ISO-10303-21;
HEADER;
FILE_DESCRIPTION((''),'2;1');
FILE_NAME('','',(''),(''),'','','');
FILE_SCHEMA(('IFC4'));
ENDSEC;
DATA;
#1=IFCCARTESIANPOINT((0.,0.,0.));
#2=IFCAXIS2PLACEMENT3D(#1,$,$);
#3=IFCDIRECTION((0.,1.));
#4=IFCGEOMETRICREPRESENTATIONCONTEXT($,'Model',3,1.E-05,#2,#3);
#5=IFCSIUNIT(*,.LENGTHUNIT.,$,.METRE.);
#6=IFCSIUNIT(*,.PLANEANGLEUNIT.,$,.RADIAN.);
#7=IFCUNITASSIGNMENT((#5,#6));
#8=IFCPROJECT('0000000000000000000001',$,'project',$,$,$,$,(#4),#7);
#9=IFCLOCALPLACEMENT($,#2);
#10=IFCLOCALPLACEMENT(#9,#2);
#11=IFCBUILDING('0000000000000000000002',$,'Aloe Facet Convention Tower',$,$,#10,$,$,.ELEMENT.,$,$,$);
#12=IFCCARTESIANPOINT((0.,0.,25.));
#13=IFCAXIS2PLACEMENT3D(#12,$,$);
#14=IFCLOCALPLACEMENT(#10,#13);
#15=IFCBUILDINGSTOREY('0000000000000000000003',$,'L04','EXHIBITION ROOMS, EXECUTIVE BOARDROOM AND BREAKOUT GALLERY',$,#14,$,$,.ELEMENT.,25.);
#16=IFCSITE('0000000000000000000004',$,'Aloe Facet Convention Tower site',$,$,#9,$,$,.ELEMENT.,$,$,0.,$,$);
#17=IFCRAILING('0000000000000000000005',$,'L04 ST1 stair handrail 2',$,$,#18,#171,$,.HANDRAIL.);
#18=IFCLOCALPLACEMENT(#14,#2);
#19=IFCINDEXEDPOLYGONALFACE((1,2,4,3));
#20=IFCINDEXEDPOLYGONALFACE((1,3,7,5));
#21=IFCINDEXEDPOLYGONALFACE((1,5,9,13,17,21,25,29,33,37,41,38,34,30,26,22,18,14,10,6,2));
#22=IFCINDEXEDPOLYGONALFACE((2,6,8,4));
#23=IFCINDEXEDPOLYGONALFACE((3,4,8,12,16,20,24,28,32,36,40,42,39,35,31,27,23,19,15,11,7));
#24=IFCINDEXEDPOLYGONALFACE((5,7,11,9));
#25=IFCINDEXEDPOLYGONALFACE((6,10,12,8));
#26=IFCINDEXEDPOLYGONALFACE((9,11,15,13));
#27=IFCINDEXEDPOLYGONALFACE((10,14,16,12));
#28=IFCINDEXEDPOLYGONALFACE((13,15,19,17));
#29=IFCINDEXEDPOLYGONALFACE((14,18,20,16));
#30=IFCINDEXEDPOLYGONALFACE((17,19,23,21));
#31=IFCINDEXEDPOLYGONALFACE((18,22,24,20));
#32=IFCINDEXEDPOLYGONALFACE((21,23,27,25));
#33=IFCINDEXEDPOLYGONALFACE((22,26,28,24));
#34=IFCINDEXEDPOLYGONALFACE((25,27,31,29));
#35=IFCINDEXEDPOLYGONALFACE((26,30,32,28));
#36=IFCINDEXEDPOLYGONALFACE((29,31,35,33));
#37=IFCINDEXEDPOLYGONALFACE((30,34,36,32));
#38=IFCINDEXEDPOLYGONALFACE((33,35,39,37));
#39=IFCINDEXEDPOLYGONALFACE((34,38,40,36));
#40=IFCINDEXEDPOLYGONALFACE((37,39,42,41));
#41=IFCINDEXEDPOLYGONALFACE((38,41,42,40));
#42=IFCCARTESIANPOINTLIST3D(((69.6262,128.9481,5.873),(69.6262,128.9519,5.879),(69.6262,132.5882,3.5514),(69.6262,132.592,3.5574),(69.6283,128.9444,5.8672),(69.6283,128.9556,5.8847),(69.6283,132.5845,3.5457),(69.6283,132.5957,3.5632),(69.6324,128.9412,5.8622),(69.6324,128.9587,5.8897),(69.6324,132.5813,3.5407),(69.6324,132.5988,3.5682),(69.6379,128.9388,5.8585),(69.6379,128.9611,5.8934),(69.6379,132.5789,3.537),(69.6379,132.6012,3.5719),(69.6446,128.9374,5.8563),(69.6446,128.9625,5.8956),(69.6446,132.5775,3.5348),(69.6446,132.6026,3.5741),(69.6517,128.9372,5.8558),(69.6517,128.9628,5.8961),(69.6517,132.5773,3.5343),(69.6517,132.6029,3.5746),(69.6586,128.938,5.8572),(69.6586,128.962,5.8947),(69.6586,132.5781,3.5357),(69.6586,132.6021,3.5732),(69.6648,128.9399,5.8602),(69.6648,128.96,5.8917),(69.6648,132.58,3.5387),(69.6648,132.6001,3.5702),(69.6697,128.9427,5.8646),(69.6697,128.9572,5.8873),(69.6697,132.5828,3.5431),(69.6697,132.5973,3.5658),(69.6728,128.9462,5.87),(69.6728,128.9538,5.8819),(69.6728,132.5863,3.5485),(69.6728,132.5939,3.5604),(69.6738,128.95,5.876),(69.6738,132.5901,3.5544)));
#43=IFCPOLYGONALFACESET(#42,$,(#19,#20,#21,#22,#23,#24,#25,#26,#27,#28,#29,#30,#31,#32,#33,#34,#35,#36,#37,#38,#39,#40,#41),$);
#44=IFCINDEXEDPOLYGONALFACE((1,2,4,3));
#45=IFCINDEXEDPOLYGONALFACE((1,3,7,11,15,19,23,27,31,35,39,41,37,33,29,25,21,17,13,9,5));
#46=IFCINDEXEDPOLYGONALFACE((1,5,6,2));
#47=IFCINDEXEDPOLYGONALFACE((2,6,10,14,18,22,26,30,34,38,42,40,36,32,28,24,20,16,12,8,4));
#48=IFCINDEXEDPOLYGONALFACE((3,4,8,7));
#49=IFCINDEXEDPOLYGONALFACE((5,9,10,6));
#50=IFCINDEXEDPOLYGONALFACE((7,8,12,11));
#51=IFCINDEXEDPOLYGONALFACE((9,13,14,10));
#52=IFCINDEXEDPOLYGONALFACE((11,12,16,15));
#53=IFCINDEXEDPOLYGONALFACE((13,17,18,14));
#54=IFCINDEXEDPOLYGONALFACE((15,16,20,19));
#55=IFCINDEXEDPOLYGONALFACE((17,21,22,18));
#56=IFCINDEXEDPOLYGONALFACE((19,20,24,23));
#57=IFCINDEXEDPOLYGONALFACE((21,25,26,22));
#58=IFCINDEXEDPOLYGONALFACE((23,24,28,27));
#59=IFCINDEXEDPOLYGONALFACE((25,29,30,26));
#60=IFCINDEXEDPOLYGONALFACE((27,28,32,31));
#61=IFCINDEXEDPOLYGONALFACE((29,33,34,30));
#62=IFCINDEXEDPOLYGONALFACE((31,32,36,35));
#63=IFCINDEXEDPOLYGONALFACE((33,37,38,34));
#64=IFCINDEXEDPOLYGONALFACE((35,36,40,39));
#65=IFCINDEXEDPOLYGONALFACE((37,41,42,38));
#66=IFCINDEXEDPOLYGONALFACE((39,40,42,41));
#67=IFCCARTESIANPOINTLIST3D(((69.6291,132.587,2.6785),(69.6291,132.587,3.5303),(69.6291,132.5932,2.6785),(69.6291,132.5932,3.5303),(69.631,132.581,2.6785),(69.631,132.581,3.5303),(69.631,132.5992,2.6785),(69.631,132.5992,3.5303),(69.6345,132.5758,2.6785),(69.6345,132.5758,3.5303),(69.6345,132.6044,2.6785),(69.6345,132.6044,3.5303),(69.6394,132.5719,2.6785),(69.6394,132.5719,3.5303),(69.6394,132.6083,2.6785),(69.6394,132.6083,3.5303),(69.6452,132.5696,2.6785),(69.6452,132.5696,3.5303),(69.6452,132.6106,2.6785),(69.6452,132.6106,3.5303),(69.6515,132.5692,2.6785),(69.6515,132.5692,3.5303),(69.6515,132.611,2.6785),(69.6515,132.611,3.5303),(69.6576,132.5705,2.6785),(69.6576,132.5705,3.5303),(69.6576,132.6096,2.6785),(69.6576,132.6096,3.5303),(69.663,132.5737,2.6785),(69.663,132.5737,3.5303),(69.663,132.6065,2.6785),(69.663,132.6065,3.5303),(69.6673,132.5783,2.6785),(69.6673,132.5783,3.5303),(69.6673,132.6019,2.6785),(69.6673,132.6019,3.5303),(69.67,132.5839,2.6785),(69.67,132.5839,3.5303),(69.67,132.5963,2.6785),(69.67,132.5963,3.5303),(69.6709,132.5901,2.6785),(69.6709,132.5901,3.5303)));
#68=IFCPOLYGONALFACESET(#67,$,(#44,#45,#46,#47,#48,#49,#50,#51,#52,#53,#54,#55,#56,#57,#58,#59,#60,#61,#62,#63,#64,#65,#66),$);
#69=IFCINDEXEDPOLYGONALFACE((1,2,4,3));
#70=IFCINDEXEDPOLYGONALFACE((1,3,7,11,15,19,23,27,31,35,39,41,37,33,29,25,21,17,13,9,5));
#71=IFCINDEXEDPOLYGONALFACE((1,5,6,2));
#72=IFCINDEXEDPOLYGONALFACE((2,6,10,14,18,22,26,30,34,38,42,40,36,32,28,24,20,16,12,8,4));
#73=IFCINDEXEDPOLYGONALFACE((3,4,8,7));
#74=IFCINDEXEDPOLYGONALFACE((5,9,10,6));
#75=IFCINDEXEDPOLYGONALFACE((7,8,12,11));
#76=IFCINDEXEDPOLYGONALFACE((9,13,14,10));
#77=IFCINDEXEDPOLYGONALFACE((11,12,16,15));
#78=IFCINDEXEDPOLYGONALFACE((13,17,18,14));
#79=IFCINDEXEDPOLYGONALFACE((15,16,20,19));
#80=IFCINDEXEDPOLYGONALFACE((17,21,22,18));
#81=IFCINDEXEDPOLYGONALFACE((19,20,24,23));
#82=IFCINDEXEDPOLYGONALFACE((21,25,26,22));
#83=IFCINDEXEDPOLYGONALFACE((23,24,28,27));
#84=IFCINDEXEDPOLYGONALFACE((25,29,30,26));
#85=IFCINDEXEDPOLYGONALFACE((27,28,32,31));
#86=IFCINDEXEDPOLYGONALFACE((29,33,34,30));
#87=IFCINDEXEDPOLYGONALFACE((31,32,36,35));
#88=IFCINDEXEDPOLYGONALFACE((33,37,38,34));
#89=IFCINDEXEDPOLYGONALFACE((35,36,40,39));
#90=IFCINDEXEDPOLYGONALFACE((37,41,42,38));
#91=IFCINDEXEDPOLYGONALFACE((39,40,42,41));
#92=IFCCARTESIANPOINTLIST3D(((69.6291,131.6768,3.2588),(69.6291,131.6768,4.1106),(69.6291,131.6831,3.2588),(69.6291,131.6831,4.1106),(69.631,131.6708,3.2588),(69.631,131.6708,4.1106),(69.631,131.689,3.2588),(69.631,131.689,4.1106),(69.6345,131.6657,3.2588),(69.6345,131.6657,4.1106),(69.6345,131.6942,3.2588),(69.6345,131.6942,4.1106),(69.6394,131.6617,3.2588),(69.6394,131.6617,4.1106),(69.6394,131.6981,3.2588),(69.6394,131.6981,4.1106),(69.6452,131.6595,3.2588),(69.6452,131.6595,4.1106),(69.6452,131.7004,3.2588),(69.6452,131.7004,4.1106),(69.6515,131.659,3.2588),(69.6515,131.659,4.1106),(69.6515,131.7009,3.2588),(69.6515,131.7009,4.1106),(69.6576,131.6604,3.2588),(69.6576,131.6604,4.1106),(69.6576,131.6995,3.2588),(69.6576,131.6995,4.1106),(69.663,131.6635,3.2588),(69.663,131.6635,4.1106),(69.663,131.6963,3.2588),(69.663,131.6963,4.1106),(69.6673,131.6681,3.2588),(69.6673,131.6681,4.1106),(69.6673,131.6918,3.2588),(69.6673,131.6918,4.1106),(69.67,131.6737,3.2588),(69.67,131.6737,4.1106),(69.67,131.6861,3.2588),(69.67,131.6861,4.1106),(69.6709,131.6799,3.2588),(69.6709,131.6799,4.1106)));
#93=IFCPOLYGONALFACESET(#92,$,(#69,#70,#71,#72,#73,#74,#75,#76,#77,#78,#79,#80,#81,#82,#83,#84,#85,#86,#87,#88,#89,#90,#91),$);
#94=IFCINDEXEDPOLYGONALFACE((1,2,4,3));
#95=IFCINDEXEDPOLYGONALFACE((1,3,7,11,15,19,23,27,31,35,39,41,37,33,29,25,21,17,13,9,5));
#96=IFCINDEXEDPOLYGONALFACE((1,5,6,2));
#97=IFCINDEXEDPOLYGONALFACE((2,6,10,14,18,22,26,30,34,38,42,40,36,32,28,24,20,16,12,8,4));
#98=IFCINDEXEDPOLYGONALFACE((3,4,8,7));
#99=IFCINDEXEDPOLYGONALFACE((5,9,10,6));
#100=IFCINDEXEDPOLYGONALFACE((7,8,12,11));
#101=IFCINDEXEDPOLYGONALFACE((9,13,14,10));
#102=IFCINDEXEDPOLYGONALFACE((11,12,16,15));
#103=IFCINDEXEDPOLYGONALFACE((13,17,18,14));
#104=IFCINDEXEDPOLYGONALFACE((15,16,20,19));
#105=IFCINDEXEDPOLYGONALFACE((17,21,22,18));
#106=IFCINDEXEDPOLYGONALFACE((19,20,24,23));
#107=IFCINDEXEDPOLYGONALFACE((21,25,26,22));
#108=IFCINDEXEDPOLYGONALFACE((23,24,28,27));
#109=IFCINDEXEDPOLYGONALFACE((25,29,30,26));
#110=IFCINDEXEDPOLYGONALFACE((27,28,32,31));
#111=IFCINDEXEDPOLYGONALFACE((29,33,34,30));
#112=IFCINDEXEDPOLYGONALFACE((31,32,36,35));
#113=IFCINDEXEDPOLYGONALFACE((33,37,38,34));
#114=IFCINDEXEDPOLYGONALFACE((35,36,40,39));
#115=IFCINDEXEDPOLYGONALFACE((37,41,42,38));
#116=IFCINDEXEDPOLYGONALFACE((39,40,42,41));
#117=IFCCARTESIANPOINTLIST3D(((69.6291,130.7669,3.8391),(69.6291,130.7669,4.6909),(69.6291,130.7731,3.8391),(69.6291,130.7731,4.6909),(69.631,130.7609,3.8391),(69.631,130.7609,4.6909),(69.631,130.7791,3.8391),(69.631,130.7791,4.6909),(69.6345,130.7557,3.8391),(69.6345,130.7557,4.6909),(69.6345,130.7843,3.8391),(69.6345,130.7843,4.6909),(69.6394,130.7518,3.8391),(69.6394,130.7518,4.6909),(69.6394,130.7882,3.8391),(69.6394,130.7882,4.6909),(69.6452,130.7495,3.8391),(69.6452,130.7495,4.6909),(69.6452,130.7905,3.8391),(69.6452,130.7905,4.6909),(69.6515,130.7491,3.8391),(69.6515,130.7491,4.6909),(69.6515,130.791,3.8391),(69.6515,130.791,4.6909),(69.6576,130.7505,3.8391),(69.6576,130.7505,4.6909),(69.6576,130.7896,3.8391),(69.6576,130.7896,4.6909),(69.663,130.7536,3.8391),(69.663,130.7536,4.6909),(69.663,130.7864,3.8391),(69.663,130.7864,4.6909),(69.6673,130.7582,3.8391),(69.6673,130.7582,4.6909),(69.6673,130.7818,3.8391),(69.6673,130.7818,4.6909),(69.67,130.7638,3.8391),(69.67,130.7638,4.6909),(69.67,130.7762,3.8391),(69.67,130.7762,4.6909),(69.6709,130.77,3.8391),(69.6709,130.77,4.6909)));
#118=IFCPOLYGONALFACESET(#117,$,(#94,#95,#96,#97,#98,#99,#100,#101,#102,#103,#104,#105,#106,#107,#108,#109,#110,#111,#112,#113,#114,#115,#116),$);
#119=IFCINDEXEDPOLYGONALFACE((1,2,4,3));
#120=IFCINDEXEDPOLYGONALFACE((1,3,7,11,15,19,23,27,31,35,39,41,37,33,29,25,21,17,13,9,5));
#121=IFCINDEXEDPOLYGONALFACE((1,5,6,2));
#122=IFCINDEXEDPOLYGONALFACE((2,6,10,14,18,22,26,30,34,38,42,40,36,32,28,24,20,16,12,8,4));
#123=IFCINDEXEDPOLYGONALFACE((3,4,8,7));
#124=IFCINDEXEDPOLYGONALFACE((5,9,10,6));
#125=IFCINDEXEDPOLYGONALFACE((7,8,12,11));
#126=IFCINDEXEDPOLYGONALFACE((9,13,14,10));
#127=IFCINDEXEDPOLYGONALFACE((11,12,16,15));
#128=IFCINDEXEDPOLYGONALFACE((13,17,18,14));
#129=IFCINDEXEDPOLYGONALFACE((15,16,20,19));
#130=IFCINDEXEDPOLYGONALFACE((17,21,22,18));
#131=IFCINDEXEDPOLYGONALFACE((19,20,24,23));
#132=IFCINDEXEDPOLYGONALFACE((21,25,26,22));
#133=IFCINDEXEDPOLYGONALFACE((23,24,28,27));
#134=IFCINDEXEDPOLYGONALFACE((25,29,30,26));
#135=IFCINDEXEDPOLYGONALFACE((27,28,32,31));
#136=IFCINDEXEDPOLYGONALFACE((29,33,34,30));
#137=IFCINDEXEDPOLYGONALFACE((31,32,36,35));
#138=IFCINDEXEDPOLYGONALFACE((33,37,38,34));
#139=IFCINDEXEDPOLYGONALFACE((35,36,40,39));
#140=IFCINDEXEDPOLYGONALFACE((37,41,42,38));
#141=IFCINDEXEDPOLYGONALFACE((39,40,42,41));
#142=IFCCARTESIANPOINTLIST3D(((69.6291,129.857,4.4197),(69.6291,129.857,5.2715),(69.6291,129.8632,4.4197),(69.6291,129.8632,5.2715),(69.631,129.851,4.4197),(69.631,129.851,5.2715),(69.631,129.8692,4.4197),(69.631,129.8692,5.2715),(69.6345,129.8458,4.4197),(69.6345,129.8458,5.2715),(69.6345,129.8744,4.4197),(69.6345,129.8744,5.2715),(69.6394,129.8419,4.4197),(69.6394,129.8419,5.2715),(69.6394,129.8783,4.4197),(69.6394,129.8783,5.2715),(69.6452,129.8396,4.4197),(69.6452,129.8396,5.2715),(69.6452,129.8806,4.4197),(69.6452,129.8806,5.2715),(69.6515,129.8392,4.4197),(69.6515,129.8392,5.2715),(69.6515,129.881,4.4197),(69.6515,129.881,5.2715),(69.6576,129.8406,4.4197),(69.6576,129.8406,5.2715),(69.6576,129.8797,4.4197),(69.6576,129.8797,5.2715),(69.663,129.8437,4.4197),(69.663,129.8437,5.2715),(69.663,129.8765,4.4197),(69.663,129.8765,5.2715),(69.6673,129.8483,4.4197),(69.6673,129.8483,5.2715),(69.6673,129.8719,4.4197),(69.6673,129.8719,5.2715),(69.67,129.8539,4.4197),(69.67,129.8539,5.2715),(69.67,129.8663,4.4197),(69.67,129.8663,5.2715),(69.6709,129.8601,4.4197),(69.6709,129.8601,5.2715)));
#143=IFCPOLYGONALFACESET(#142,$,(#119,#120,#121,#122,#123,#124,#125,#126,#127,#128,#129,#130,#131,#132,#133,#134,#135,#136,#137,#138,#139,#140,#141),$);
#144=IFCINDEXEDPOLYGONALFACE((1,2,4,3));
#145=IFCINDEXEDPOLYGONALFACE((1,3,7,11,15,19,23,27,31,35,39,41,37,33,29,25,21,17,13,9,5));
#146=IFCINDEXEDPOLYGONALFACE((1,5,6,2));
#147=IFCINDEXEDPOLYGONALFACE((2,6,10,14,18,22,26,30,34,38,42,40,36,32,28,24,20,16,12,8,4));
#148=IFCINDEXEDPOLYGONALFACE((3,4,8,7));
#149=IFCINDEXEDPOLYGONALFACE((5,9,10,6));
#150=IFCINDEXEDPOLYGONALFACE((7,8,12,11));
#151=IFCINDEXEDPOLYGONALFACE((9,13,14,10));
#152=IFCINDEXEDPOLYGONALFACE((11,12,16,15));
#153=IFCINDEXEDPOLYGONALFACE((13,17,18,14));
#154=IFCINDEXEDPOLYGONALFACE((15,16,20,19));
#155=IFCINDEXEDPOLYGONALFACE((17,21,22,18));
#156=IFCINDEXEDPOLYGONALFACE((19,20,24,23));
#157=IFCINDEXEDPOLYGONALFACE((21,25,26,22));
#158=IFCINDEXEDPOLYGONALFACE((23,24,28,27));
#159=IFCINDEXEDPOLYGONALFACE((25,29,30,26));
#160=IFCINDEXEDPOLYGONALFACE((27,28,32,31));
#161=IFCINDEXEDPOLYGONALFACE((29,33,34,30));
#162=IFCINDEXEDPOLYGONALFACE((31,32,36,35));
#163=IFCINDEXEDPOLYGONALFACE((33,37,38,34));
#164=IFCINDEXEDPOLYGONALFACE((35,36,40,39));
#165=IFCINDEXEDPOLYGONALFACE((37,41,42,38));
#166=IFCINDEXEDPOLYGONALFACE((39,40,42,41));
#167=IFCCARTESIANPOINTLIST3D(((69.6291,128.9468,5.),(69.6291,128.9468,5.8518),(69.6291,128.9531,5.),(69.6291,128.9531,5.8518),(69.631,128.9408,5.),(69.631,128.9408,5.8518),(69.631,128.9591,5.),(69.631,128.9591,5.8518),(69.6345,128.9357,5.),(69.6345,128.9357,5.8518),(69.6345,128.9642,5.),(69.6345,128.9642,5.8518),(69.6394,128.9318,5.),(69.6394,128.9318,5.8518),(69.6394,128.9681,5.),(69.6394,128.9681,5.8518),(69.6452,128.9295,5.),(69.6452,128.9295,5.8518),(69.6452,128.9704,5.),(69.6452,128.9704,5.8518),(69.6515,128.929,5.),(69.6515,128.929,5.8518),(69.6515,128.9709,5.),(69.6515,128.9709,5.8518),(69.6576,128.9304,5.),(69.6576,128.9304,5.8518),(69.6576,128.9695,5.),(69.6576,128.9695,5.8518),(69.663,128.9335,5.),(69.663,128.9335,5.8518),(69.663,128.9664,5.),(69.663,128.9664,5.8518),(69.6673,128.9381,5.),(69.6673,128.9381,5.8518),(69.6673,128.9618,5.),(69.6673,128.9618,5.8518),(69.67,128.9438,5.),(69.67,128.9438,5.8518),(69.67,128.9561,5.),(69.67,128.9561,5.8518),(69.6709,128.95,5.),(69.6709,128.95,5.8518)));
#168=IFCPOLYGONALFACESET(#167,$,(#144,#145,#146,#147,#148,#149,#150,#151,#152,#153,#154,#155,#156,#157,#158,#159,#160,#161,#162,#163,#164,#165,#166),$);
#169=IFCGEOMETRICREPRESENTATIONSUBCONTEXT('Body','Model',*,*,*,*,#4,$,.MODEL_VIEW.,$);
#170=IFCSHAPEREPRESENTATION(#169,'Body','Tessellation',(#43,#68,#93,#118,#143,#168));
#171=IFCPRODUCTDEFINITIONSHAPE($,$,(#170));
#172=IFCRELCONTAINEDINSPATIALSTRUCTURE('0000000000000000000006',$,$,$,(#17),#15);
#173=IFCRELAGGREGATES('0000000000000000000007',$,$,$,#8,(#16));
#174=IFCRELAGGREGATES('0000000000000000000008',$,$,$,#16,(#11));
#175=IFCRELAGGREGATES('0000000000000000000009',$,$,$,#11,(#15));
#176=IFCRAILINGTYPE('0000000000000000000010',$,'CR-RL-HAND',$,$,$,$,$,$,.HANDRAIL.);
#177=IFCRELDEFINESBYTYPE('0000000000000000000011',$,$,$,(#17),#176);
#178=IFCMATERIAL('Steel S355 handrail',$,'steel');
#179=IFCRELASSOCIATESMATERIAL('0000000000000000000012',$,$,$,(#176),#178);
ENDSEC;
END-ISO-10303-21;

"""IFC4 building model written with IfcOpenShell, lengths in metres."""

from ifc_helpers import new_model, si_unit, direction, frame, origin, origin_2d, place, context, subcontext, project, spatial, circle, extrude, material, type_object, element, save


model = new_model("IFC4")

# Units and contexts
model_context = context("Model", 3, precision=1e-05, world=origin(), true_north=direction((0.0, 1.0)))
body_context = subcontext(model_context, "Body", "Model", "MODEL_VIEW")
ifc_project = project(units=[si_unit("LENGTHUNIT", "METRE"), si_unit("PLANEANGLEUNIT", "RADIAN")], contexts=[model_context])

# Site, building, storey
site_placement = place(None, origin())
site = spatial("IfcSite", under=ifc_project, at=site_placement, Name="Aloe Facet Convention Tower site", CompositionType="ELEMENT", RefElevation=0.0)
building_placement = place(site_placement, origin())
building = spatial("IfcBuilding", under=site, at=building_placement, Name="Aloe Facet Convention Tower", CompositionType="ELEMENT")
storey_placement = place(building_placement, frame((0.0, 0.0, 25.0)))
storey = spatial("IfcBuildingStorey", under=building, at=storey_placement, Name="L04", Description="EXHIBITION ROOMS, EXECUTIVE BOARDROOM AND BREAKOUT GALLERY", CompositionType="ELEMENT", Elevation=25.0)

# Railing
ifc_material_1 = material(Name="Steel S355 handrail", Category="steel")
railing_type_1 = type_object("IfcRailingType", Name="CR-RL-HAND", PredefinedType="HANDRAIL", material=ifc_material_1)
railing_1_placement = place(storey_placement, frame((69.6499, 132.5901, 2.6785)))
element("IfcRailing", 1, at=railing_1_placement, inside=storey, type_object=railing_type_1, Name="L04 ST1 stair handrail 2", PredefinedType="HANDRAIL", context=body_context, shape_type="SweptSolid", body=[
    extrude(circle(Radius=0.0239, at=origin_2d()), frame((0.0, 0.0, 0.876), z_axis=(0.0, -0.843128, 0.537713), x_axis=(1.0, 0.0, 0.0)), (0.0, 0.0, 1.0), 4.3174),
    extrude(circle(Radius=0.021, at=origin_2d()), origin(), (0.0, 0.0, 1.0), 0.8518),
    extrude(circle(Radius=0.021, at=origin_2d()), frame((0.0, -0.9102, 0.5803)), (0.0, 0.0, 1.0), 0.8518),
    extrude(circle(Radius=0.021, at=origin_2d()), frame((0.0, -1.8201, 1.1606)), (0.0, 0.0, 1.0), 0.8518),
    extrude(circle(Radius=0.021, at=origin_2d()), frame((0.0, -2.73, 1.7412)), (0.0, 0.0, 1.0), 0.8518),
    extrude(circle(Radius=0.021, at=origin_2d()), frame((0.0, -3.6401, 2.3215)), (0.0, 0.0, 1.0), 0.8518),
])

save(model, "model.ifc")
